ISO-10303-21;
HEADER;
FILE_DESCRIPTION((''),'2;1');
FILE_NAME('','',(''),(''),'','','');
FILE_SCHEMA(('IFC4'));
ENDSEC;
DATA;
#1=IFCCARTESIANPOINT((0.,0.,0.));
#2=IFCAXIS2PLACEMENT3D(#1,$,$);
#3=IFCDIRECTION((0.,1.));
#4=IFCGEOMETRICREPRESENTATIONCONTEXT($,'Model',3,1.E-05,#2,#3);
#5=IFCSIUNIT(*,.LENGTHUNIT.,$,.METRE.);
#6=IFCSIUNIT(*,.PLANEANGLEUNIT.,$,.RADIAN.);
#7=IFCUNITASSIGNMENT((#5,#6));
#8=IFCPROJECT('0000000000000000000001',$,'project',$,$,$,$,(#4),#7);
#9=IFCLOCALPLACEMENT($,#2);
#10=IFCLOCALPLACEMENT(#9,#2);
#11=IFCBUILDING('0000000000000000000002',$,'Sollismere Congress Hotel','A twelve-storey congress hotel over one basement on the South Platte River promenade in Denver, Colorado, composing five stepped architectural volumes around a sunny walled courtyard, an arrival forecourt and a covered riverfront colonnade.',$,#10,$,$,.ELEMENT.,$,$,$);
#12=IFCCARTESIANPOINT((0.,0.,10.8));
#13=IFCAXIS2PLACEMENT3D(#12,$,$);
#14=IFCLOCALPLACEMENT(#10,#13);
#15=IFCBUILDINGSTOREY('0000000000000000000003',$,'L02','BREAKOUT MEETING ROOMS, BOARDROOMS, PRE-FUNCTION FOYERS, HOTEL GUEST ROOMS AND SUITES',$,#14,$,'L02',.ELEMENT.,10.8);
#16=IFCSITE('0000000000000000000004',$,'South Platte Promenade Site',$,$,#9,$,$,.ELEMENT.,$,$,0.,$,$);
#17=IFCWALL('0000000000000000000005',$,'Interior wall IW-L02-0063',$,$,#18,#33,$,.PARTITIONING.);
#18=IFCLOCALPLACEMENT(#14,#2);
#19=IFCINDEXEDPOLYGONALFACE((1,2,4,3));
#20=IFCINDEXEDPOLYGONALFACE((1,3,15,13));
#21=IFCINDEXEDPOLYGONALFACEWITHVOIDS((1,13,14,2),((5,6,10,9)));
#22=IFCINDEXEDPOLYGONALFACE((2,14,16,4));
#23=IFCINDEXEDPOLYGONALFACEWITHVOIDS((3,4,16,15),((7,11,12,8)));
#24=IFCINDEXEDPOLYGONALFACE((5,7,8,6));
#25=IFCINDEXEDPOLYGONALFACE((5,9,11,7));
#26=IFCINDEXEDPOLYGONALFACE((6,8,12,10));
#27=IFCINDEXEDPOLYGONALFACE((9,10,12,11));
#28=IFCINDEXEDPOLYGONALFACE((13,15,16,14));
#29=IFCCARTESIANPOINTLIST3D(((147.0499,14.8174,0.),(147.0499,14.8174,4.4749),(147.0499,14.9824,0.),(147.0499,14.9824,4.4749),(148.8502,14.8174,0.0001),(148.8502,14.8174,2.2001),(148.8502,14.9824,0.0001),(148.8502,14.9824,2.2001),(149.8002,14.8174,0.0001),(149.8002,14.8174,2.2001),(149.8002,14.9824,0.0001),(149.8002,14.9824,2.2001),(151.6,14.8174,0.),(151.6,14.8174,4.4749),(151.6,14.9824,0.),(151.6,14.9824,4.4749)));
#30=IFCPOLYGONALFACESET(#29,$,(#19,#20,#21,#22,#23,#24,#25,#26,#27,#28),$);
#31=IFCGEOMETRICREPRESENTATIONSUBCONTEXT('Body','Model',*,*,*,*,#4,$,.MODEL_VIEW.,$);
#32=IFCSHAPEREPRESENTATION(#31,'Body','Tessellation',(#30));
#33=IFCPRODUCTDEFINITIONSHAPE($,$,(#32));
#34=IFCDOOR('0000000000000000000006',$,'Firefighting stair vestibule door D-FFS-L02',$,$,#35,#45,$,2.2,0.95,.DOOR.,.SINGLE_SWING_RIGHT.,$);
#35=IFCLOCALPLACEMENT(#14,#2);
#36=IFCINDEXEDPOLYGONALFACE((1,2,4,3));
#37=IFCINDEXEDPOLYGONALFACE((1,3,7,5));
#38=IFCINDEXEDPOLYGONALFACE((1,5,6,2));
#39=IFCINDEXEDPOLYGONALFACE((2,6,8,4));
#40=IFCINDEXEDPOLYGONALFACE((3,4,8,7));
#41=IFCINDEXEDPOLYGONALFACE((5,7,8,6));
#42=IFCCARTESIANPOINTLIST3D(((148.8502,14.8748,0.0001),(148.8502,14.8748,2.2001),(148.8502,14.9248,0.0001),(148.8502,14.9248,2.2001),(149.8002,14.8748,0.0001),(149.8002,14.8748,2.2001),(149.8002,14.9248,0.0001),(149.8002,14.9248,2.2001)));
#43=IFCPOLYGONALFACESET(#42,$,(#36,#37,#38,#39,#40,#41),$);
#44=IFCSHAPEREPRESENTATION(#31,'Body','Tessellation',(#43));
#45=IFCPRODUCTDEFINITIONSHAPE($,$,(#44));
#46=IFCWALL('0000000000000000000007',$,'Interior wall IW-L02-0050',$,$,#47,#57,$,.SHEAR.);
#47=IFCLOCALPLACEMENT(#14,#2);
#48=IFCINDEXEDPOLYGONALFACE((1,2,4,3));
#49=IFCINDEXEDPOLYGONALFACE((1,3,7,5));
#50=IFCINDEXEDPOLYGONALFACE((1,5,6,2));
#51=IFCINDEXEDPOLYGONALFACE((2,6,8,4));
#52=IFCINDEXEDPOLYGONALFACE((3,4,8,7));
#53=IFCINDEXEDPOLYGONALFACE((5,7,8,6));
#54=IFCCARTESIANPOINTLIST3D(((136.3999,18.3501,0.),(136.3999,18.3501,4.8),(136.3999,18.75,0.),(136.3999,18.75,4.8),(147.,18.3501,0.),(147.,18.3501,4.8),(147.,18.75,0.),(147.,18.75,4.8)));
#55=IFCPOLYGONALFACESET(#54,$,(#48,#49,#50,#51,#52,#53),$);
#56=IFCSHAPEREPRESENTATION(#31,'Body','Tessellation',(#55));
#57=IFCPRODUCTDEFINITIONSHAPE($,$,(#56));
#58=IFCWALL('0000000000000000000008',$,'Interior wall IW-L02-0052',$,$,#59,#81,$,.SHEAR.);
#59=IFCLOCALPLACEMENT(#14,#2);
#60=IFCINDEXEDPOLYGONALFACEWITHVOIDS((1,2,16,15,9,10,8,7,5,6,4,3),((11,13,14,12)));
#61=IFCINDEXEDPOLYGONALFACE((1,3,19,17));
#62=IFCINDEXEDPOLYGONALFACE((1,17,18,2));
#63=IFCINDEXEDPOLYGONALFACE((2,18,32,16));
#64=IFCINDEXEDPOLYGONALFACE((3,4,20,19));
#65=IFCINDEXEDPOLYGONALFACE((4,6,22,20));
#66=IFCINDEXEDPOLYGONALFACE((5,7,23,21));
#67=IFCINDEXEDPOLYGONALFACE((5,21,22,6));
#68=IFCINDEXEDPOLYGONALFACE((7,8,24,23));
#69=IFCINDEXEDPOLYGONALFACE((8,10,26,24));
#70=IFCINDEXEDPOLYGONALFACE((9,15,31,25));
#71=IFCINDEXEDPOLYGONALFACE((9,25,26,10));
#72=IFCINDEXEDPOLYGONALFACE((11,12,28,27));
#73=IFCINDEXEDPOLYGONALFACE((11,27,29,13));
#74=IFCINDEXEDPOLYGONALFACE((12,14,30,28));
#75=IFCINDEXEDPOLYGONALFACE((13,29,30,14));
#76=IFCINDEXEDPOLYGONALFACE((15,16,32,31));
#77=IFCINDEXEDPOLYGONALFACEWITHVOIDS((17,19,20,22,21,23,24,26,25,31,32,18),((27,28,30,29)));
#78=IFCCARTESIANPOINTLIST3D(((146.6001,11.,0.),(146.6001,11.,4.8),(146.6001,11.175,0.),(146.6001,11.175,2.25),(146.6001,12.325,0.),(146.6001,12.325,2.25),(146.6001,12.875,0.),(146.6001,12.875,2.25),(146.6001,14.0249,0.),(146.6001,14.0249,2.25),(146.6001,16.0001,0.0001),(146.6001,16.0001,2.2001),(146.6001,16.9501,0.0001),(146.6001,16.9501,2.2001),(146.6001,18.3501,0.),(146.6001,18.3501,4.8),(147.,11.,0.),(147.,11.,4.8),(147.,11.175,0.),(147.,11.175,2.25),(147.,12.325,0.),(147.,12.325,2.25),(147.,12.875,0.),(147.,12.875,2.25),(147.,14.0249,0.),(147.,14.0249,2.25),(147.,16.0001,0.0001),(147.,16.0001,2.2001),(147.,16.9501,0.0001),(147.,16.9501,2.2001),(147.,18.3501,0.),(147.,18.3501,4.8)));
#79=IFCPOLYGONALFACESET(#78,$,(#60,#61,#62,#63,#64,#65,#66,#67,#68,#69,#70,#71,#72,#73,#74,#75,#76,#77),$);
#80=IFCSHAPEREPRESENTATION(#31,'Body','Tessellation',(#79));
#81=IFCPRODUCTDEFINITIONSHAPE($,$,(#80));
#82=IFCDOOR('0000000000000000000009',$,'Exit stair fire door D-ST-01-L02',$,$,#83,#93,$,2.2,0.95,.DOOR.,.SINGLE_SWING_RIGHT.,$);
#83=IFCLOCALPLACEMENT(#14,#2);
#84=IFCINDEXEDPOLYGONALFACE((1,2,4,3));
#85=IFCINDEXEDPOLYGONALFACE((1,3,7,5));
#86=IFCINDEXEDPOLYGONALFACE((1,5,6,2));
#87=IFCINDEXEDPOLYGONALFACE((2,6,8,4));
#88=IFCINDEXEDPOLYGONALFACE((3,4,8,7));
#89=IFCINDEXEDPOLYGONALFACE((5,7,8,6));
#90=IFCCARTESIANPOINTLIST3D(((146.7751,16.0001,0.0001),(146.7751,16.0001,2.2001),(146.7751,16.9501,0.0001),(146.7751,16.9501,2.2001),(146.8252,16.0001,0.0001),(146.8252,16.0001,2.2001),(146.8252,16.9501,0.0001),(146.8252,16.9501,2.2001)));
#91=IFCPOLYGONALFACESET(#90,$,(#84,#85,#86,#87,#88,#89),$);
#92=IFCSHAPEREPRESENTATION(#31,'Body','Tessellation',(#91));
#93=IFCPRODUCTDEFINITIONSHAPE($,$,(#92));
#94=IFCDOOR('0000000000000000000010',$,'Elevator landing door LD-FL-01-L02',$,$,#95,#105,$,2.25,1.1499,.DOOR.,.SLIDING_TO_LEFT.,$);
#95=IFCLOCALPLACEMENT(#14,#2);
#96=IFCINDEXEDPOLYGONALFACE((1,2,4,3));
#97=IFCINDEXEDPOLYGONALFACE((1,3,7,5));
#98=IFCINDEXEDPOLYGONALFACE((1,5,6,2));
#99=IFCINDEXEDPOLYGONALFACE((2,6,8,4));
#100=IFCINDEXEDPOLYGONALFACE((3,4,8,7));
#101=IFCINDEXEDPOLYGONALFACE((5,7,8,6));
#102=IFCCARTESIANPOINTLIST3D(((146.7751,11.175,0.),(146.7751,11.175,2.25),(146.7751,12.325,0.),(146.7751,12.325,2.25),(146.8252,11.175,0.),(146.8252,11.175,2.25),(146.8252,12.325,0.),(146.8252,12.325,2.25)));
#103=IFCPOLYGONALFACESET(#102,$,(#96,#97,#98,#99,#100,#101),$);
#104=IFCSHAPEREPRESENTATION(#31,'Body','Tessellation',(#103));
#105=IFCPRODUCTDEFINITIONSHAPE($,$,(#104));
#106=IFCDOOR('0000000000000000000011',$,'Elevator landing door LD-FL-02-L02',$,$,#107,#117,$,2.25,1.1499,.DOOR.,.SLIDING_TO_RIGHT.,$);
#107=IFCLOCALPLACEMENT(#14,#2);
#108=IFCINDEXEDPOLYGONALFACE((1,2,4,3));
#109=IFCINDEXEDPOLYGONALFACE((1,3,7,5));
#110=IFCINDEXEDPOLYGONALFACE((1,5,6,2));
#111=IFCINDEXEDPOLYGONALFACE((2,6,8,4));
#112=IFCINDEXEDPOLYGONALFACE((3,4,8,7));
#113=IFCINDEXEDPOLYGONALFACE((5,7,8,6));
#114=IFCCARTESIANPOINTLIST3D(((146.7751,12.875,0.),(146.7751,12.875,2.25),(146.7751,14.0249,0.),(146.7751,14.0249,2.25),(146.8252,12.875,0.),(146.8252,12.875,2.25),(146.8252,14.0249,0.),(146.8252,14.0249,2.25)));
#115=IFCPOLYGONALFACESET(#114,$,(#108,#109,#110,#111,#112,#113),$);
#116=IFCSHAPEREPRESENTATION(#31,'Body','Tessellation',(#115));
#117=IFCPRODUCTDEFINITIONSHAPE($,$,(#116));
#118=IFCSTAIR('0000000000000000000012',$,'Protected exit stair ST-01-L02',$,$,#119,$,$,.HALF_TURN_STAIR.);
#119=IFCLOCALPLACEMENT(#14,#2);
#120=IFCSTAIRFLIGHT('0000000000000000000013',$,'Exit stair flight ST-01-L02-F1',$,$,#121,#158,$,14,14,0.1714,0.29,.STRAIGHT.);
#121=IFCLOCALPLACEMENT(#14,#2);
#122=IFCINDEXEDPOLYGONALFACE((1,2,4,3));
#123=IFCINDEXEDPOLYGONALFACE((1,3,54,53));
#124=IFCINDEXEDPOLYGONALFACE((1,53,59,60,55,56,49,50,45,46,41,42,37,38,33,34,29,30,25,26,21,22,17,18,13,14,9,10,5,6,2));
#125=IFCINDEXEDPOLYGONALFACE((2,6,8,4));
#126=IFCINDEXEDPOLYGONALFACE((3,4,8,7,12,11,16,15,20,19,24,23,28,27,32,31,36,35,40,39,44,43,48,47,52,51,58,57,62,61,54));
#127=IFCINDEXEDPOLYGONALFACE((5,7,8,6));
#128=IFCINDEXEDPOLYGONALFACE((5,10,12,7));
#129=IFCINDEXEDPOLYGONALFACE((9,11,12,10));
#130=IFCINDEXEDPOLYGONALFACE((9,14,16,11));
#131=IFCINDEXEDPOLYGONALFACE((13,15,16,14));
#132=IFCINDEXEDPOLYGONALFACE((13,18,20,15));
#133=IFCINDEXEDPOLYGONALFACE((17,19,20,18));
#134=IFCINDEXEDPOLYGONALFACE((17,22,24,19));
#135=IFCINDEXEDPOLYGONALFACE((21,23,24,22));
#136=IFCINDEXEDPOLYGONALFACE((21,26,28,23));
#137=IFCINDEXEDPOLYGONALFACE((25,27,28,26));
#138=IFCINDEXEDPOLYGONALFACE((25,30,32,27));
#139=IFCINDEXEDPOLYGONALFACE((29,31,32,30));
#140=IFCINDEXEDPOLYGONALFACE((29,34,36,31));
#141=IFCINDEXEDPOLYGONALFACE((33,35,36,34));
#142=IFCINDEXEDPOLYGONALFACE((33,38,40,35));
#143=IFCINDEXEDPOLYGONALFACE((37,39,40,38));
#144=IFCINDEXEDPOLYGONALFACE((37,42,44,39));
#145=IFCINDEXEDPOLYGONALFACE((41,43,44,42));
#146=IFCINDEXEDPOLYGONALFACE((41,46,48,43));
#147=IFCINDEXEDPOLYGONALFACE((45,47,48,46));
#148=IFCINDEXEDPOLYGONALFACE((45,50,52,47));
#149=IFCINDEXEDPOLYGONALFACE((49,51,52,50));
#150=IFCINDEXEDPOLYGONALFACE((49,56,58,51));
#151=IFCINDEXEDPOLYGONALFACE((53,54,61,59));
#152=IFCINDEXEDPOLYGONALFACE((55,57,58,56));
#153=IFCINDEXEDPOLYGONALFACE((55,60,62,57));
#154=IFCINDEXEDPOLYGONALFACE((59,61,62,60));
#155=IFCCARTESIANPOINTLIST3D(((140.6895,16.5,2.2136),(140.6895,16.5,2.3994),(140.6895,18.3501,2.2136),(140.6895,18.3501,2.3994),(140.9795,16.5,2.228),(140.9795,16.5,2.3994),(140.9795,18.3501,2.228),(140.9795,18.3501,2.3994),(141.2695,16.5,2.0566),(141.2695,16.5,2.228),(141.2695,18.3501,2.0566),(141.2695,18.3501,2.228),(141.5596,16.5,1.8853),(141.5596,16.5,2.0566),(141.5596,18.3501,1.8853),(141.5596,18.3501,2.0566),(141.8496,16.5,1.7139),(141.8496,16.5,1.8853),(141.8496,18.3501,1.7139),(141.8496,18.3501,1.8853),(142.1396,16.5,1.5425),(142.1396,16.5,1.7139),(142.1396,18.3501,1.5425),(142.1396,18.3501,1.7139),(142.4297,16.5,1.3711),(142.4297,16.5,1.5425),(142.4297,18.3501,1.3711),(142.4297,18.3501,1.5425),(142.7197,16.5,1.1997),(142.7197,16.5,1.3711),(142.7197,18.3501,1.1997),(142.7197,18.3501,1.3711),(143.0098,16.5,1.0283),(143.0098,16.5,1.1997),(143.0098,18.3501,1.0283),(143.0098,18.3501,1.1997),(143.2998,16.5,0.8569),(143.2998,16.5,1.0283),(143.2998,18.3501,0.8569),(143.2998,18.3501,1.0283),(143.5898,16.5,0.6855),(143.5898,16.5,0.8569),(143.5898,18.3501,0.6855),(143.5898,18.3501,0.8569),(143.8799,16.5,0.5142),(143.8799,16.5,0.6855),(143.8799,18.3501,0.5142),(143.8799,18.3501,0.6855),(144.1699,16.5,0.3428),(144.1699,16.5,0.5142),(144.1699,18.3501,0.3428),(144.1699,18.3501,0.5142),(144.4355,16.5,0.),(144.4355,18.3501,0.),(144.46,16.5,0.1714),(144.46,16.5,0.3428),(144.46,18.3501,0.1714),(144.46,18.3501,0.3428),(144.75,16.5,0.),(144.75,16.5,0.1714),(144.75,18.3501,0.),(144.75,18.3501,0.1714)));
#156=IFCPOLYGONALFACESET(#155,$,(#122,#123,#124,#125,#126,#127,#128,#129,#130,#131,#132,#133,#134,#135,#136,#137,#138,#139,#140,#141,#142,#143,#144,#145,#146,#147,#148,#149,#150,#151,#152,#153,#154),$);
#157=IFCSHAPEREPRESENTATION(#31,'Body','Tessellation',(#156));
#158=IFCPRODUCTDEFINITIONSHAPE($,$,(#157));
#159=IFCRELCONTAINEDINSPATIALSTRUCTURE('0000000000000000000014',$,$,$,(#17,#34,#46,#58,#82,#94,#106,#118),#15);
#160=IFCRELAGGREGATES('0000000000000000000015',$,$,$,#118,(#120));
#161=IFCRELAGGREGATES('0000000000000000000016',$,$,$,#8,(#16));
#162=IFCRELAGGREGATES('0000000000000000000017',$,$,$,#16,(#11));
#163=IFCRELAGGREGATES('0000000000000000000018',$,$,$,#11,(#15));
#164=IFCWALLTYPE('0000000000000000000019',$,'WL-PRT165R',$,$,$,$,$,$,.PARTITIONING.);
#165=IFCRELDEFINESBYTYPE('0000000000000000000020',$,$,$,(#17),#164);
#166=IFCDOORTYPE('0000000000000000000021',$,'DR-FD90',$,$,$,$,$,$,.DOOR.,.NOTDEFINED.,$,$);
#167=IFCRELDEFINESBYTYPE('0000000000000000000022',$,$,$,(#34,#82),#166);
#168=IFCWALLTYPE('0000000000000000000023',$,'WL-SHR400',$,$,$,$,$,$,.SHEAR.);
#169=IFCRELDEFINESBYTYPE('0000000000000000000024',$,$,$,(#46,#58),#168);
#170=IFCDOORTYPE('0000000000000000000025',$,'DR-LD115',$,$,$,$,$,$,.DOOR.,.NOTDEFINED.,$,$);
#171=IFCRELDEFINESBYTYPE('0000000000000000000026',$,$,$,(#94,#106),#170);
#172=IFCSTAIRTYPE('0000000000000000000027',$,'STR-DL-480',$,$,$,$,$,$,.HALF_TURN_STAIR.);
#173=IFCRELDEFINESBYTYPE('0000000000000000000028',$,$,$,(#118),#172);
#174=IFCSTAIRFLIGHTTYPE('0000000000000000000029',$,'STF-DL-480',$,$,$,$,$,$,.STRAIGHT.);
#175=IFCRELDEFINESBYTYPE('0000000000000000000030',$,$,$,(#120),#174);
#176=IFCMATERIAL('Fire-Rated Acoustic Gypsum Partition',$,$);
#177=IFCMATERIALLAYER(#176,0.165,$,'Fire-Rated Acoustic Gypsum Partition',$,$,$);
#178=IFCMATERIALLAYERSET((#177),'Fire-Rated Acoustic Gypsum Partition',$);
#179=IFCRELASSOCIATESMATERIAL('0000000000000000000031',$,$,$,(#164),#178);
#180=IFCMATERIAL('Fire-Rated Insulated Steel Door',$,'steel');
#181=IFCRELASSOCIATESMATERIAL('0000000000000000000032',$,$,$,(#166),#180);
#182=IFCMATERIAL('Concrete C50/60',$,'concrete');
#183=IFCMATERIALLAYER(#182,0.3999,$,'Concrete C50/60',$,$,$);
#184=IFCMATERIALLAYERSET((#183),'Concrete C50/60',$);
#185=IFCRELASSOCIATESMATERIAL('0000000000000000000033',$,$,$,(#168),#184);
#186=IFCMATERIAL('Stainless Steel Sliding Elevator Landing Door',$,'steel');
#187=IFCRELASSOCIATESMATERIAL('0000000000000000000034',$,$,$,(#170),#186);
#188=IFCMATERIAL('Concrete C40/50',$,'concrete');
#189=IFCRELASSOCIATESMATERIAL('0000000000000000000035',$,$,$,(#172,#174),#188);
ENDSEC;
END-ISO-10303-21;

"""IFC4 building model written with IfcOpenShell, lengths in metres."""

from ifc_helpers import new_model, si_unit, direction, frame, frame_2d, origin, place, context, subcontext, project, spatial, polyline, rectangle, outline, extrude, material, layer, layer_set, type_object, element, fill, aggregate, save


model = new_model("IFC4")

# Units and contexts
model_context = context("Model", 3, precision=1e-05, world=origin(), true_north=direction((0.0, 1.0)))
body_context = subcontext(model_context, "Body", "Model", "MODEL_VIEW")
ifc_project = project(units=[si_unit("LENGTHUNIT", "METRE"), si_unit("PLANEANGLEUNIT", "RADIAN")], contexts=[model_context])

# Site, building, storey
site_placement = place(None, origin())
site = spatial("IfcSite", under=ifc_project, at=site_placement, Name="South Platte Promenade Site", CompositionType="ELEMENT", RefElevation=0.0)
building_placement = place(site_placement, origin())
building = spatial("IfcBuilding", under=site, at=building_placement, Name="Sollismere Congress Hotel", Description="A twelve-storey congress hotel over one basement on the South Platte River promenade in Denver, Colorado, composing five stepped architectural volumes around a sunny walled courtyard, an arrival forecourt and a covered riverfront colonnade.", CompositionType="ELEMENT")
storey_placement = place(building_placement, frame((0.0, 0.0, 10.8)))
storey = spatial("IfcBuildingStorey", under=building, at=storey_placement, Name="L02", Description="BREAKOUT MEETING ROOMS, BOARDROOMS, PRE-FUNCTION FOYERS, HOTEL GUEST ROOMS AND SUITES", LongName="L02", CompositionType="ELEMENT", Elevation=10.8)

# Wall, opening, door
ifc_material_1 = material(Name="Fire-Rated Acoustic Gypsum Partition")
ifc_layer_1 = layer(ifc_material_1, 0.165, Name="Fire-Rated Acoustic Gypsum Partition")
ifc_layer_set_1 = layer_set([ifc_layer_1], Name="Fire-Rated Acoustic Gypsum Partition")
wall_type_1 = type_object("IfcWallType", Name="WL-PRT165R", PredefinedType="PARTITIONING", material=ifc_layer_set_1)
wall_1_placement = place(storey_placement, frame((147.05, 14.8999, 0.0), z_axis=(0.0, 0.0, 1.0), x_axis=(1.0, 0.0, 0.0)))
wall_1 = element("IfcWall", 1, at=wall_1_placement, inside=storey, type_object=wall_type_1, Name="Interior wall IW-L02-0063", PredefinedType="PARTITIONING", context=body_context, shape_type="SweptSolid", body=[
    extrude(rectangle(XDim=4.55, YDim=0.165, at=frame_2d((2.2749, 0.0))), origin(), (0.0, 0.0, 1.0), 4.4749),
])
opening_1_placement = place(wall_1_placement, frame((1.8, 0.0, 0.0)))
opening_1 = element("IfcOpeningElement", 2, at=opening_1_placement, cuts=wall_1, PredefinedType="OPENING", context=body_context, shape_type="SweptSolid", body=[
    extrude(rectangle(XDim=0.95, YDim=2.2, at=frame_2d((0.4751, 1.1001))), frame((0.0, 0.0925, 0.0), z_axis=(0.0, -1.0, 0.0), x_axis=(1.0, 0.0, 0.0)), (0.0, 0.0, 1.0), 0.1851),
])
ifc_material_2 = material(Name="Fire-Rated Insulated Steel Door", Category="steel")
door_type_1 = type_object("IfcDoorType", Name="DR-FD90", OperationType="NOTDEFINED", PredefinedType="DOOR", material=ifc_material_2)
door_1_placement = place(opening_1_placement, origin())
door_1 = element("IfcDoor", 3, at=door_1_placement, inside=storey, type_object=door_type_1, Name="Firefighting stair vestibule door D-FFS-L02", OperationType="SINGLE_SWING_RIGHT", OverallHeight=2.2, OverallWidth=0.95, PredefinedType="DOOR", context=body_context, shape_type="SweptSolid", body=[
    extrude(rectangle(XDim=0.95, YDim=2.2, at=frame_2d((0.4751, 1.1001))), frame((0.0, 0.0249, 0.0), z_axis=(0.0, -1.0, 0.0), x_axis=(1.0, 0.0, 0.0)), (0.0, 0.0, 1.0), 0.05),
])
fill(opening_1, door_1)

# Wall
ifc_material_3 = material(Name="Concrete C50/60", Category="concrete")
ifc_layer_2 = layer(ifc_material_3, 0.3999, Name="Concrete C50/60")
ifc_layer_set_2 = layer_set([ifc_layer_2], Name="Concrete C50/60")
wall_type_2 = type_object("IfcWallType", Name="WL-SHR400", PredefinedType="SHEAR", material=ifc_layer_set_2)
wall_2_placement = place(storey_placement, frame((147.0, 18.55, 0.0), z_axis=(0.0, 0.0, 1.0), x_axis=(-1.0, 0.0, 0.0)))
element("IfcWall", 4, at=wall_2_placement, inside=storey, type_object=wall_type_2, Name="Interior wall IW-L02-0050", PredefinedType="SHEAR", context=body_context, shape_type="SweptSolid", body=[
    extrude(rectangle(XDim=10.6001, YDim=0.3999, at=frame_2d((5.3, 0.0))), origin(), (0.0, 0.0, 1.0), 4.8),
])

# Wall, openings, doors
wall_3_placement = place(storey_placement, frame((146.8, 11.0, 0.0), z_axis=(0.0, 0.0, 1.0), x_axis=(0.0, 1.0, 0.0)))
wall_3 = element("IfcWall", 5, at=wall_3_placement, inside=storey, type_object=wall_type_2, Name="Interior wall IW-L02-0052", PredefinedType="SHEAR", context=body_context, shape_type="SweptSolid", body=[
    extrude(rectangle(XDim=7.3501, YDim=0.3999, at=frame_2d((3.675, 0.0))), origin(), (0.0, 0.0, 1.0), 4.8),
])
opening_2_placement = place(wall_3_placement, frame((5.0, 0.0, 0.0)))
opening_2 = element("IfcOpeningElement", 6, at=opening_2_placement, cuts=wall_3, PredefinedType="OPENING", context=body_context, shape_type="SweptSolid", body=[
    extrude(rectangle(XDim=0.95, YDim=2.2, at=frame_2d((0.4751, 1.1001))), frame((0.0, 0.21, 0.0), z_axis=(0.0, -1.0, 0.0), x_axis=(1.0, 0.0, 0.0)), (0.0, 0.0, 1.0), 0.4199),
])
opening_3_placement = place(wall_3_placement, frame((0.175, 0.0, 0.0)))
opening_3 = element("IfcOpeningElement", 7, at=opening_3_placement, cuts=wall_3, PredefinedType="OPENING", context=body_context, shape_type="SweptSolid", body=[
    extrude(rectangle(XDim=1.1499, YDim=2.25, at=frame_2d((0.575, 1.125))), frame((0.0, 0.21, 0.0), z_axis=(0.0, -1.0, 0.0), x_axis=(1.0, 0.0, 0.0)), (0.0, 0.0, 1.0), 0.4199),
])
opening_4_placement = place(wall_3_placement, frame((1.875, 0.0, 0.0)))
opening_4 = element("IfcOpeningElement", 8, at=opening_4_placement, cuts=wall_3, PredefinedType="OPENING", context=body_context, shape_type="SweptSolid", body=[
    extrude(rectangle(XDim=1.1499, YDim=2.25, at=frame_2d((0.575, 1.125))), frame((0.0, 0.21, 0.0), z_axis=(0.0, -1.0, 0.0), x_axis=(1.0, 0.0, 0.0)), (0.0, 0.0, 1.0), 0.4199),
])
door_2_placement = place(opening_2_placement, origin())
door_2 = element("IfcDoor", 9, at=door_2_placement, inside=storey, type_object=door_type_1, Name="Exit stair fire door D-ST-01-L02", OperationType="SINGLE_SWING_RIGHT", OverallHeight=2.2, OverallWidth=0.95, PredefinedType="DOOR", context=body_context, shape_type="SweptSolid", body=[
    extrude(rectangle(XDim=0.95, YDim=2.2, at=frame_2d((0.4751, 1.1001))), frame((0.0, 0.0249, 0.0), z_axis=(0.0, -1.0, 0.0), x_axis=(1.0, 0.0, 0.0)), (0.0, 0.0, 1.0), 0.05),
])
fill(opening_2, door_2)
ifc_material_4 = material(Name="Stainless Steel Sliding Elevator Landing Door", Category="steel")
door_type_2 = type_object("IfcDoorType", Name="DR-LD115", OperationType="NOTDEFINED", PredefinedType="DOOR", material=ifc_material_4)
door_3_placement = place(opening_3_placement, origin())
door_3 = element("IfcDoor", 10, at=door_3_placement, inside=storey, type_object=door_type_2, Name="Elevator landing door LD-FL-01-L02", OperationType="SLIDING_TO_LEFT", OverallHeight=2.25, OverallWidth=1.1499, PredefinedType="DOOR", context=body_context, shape_type="SweptSolid", body=[
    extrude(rectangle(XDim=1.1499, YDim=2.25, at=frame_2d((0.575, 1.125))), frame((0.0, 0.0249, 0.0), z_axis=(0.0, -1.0, 0.0), x_axis=(1.0, 0.0, 0.0)), (0.0, 0.0, 1.0), 0.05),
])
fill(opening_3, door_3)
door_4_placement = place(opening_4_placement, origin())
door_4 = element("IfcDoor", 11, at=door_4_placement, inside=storey, type_object=door_type_2, Name="Elevator landing door LD-FL-02-L02", OperationType="SLIDING_TO_RIGHT", OverallHeight=2.25, OverallWidth=1.1499, PredefinedType="DOOR", context=body_context, shape_type="SweptSolid", body=[
    extrude(rectangle(XDim=1.1499, YDim=2.25, at=frame_2d((0.575, 1.125))), frame((0.0, 0.0249, 0.0), z_axis=(0.0, -1.0, 0.0), x_axis=(1.0, 0.0, 0.0)), (0.0, 0.0, 1.0), 0.05),
])
fill(opening_4, door_4)

# Stair, stair flight
ifc_material_5 = material(Name="Concrete C40/50", Category="concrete")
stair_type = type_object("IfcStairType", Name="STR-DL-480", PredefinedType="HALF_TURN_STAIR", material=ifc_material_5)
stair_placement = place(storey_placement, origin())
stair = element("IfcStair", 12, at=stair_placement, inside=storey, type_object=stair_type, Name="Protected exit stair ST-01-L02", PredefinedType="HALF_TURN_STAIR")
stair_flight_type = type_object("IfcStairFlightType", Name="STF-DL-480", PredefinedType="STRAIGHT", material=ifc_material_5)
stair_flight_placement = place(storey_placement, frame((144.75, 17.425, 0.0), z_axis=(0.0, 0.0, 1.0), x_axis=(-1.0, 0.0, 0.0)))
stair_flight = element("IfcStairFlight", 13, at=stair_flight_placement, type_object=stair_flight_type, Name="Exit stair flight ST-01-L02-F1", NumberOfRisers=14, NumberOfTreads=14, PredefinedType="STRAIGHT", RiserHeight=0.1714, TreadLength=0.29, context=body_context, shape_type="SweptSolid", body=[
    extrude(outline(polyline([(0.0, 0.0), (0.0, 0.1714), (0.29, 0.1714), (0.29, 0.3428), (0.5801, 0.3428), (0.5801, 0.5142), (0.8701, 0.5142), (0.8701, 0.6855), (1.1602, 0.6855), (1.1602, 0.8569), (1.4502, 0.8569), (1.4502, 1.0283), (1.7402, 1.0283), (1.7402, 1.1997), (2.0303, 1.1997), (2.0303, 1.3711), (2.3203, 1.3711), (2.3203, 1.5425), (2.6104, 1.5425), (2.6104, 1.7139), (2.9004, 1.7139), (2.9004, 1.8853), (3.1904, 1.8853), (3.1904, 2.0566), (3.4805, 2.0566), (3.4805, 2.228), (3.7705, 2.228), (3.7705, 2.3994), (4.0605, 2.3994), (4.0605, 2.2136), (0.3145, 0.0), (0.0, 0.0)])), frame((0.0, 0.925, 0.0), z_axis=(0.0, -1.0, 0.0), x_axis=(1.0, 0.0, 0.0)), (0.0, 0.0, 1.0), 1.8501),
])
aggregate(stair, [stair_flight])

save(model, "model.ifc")
